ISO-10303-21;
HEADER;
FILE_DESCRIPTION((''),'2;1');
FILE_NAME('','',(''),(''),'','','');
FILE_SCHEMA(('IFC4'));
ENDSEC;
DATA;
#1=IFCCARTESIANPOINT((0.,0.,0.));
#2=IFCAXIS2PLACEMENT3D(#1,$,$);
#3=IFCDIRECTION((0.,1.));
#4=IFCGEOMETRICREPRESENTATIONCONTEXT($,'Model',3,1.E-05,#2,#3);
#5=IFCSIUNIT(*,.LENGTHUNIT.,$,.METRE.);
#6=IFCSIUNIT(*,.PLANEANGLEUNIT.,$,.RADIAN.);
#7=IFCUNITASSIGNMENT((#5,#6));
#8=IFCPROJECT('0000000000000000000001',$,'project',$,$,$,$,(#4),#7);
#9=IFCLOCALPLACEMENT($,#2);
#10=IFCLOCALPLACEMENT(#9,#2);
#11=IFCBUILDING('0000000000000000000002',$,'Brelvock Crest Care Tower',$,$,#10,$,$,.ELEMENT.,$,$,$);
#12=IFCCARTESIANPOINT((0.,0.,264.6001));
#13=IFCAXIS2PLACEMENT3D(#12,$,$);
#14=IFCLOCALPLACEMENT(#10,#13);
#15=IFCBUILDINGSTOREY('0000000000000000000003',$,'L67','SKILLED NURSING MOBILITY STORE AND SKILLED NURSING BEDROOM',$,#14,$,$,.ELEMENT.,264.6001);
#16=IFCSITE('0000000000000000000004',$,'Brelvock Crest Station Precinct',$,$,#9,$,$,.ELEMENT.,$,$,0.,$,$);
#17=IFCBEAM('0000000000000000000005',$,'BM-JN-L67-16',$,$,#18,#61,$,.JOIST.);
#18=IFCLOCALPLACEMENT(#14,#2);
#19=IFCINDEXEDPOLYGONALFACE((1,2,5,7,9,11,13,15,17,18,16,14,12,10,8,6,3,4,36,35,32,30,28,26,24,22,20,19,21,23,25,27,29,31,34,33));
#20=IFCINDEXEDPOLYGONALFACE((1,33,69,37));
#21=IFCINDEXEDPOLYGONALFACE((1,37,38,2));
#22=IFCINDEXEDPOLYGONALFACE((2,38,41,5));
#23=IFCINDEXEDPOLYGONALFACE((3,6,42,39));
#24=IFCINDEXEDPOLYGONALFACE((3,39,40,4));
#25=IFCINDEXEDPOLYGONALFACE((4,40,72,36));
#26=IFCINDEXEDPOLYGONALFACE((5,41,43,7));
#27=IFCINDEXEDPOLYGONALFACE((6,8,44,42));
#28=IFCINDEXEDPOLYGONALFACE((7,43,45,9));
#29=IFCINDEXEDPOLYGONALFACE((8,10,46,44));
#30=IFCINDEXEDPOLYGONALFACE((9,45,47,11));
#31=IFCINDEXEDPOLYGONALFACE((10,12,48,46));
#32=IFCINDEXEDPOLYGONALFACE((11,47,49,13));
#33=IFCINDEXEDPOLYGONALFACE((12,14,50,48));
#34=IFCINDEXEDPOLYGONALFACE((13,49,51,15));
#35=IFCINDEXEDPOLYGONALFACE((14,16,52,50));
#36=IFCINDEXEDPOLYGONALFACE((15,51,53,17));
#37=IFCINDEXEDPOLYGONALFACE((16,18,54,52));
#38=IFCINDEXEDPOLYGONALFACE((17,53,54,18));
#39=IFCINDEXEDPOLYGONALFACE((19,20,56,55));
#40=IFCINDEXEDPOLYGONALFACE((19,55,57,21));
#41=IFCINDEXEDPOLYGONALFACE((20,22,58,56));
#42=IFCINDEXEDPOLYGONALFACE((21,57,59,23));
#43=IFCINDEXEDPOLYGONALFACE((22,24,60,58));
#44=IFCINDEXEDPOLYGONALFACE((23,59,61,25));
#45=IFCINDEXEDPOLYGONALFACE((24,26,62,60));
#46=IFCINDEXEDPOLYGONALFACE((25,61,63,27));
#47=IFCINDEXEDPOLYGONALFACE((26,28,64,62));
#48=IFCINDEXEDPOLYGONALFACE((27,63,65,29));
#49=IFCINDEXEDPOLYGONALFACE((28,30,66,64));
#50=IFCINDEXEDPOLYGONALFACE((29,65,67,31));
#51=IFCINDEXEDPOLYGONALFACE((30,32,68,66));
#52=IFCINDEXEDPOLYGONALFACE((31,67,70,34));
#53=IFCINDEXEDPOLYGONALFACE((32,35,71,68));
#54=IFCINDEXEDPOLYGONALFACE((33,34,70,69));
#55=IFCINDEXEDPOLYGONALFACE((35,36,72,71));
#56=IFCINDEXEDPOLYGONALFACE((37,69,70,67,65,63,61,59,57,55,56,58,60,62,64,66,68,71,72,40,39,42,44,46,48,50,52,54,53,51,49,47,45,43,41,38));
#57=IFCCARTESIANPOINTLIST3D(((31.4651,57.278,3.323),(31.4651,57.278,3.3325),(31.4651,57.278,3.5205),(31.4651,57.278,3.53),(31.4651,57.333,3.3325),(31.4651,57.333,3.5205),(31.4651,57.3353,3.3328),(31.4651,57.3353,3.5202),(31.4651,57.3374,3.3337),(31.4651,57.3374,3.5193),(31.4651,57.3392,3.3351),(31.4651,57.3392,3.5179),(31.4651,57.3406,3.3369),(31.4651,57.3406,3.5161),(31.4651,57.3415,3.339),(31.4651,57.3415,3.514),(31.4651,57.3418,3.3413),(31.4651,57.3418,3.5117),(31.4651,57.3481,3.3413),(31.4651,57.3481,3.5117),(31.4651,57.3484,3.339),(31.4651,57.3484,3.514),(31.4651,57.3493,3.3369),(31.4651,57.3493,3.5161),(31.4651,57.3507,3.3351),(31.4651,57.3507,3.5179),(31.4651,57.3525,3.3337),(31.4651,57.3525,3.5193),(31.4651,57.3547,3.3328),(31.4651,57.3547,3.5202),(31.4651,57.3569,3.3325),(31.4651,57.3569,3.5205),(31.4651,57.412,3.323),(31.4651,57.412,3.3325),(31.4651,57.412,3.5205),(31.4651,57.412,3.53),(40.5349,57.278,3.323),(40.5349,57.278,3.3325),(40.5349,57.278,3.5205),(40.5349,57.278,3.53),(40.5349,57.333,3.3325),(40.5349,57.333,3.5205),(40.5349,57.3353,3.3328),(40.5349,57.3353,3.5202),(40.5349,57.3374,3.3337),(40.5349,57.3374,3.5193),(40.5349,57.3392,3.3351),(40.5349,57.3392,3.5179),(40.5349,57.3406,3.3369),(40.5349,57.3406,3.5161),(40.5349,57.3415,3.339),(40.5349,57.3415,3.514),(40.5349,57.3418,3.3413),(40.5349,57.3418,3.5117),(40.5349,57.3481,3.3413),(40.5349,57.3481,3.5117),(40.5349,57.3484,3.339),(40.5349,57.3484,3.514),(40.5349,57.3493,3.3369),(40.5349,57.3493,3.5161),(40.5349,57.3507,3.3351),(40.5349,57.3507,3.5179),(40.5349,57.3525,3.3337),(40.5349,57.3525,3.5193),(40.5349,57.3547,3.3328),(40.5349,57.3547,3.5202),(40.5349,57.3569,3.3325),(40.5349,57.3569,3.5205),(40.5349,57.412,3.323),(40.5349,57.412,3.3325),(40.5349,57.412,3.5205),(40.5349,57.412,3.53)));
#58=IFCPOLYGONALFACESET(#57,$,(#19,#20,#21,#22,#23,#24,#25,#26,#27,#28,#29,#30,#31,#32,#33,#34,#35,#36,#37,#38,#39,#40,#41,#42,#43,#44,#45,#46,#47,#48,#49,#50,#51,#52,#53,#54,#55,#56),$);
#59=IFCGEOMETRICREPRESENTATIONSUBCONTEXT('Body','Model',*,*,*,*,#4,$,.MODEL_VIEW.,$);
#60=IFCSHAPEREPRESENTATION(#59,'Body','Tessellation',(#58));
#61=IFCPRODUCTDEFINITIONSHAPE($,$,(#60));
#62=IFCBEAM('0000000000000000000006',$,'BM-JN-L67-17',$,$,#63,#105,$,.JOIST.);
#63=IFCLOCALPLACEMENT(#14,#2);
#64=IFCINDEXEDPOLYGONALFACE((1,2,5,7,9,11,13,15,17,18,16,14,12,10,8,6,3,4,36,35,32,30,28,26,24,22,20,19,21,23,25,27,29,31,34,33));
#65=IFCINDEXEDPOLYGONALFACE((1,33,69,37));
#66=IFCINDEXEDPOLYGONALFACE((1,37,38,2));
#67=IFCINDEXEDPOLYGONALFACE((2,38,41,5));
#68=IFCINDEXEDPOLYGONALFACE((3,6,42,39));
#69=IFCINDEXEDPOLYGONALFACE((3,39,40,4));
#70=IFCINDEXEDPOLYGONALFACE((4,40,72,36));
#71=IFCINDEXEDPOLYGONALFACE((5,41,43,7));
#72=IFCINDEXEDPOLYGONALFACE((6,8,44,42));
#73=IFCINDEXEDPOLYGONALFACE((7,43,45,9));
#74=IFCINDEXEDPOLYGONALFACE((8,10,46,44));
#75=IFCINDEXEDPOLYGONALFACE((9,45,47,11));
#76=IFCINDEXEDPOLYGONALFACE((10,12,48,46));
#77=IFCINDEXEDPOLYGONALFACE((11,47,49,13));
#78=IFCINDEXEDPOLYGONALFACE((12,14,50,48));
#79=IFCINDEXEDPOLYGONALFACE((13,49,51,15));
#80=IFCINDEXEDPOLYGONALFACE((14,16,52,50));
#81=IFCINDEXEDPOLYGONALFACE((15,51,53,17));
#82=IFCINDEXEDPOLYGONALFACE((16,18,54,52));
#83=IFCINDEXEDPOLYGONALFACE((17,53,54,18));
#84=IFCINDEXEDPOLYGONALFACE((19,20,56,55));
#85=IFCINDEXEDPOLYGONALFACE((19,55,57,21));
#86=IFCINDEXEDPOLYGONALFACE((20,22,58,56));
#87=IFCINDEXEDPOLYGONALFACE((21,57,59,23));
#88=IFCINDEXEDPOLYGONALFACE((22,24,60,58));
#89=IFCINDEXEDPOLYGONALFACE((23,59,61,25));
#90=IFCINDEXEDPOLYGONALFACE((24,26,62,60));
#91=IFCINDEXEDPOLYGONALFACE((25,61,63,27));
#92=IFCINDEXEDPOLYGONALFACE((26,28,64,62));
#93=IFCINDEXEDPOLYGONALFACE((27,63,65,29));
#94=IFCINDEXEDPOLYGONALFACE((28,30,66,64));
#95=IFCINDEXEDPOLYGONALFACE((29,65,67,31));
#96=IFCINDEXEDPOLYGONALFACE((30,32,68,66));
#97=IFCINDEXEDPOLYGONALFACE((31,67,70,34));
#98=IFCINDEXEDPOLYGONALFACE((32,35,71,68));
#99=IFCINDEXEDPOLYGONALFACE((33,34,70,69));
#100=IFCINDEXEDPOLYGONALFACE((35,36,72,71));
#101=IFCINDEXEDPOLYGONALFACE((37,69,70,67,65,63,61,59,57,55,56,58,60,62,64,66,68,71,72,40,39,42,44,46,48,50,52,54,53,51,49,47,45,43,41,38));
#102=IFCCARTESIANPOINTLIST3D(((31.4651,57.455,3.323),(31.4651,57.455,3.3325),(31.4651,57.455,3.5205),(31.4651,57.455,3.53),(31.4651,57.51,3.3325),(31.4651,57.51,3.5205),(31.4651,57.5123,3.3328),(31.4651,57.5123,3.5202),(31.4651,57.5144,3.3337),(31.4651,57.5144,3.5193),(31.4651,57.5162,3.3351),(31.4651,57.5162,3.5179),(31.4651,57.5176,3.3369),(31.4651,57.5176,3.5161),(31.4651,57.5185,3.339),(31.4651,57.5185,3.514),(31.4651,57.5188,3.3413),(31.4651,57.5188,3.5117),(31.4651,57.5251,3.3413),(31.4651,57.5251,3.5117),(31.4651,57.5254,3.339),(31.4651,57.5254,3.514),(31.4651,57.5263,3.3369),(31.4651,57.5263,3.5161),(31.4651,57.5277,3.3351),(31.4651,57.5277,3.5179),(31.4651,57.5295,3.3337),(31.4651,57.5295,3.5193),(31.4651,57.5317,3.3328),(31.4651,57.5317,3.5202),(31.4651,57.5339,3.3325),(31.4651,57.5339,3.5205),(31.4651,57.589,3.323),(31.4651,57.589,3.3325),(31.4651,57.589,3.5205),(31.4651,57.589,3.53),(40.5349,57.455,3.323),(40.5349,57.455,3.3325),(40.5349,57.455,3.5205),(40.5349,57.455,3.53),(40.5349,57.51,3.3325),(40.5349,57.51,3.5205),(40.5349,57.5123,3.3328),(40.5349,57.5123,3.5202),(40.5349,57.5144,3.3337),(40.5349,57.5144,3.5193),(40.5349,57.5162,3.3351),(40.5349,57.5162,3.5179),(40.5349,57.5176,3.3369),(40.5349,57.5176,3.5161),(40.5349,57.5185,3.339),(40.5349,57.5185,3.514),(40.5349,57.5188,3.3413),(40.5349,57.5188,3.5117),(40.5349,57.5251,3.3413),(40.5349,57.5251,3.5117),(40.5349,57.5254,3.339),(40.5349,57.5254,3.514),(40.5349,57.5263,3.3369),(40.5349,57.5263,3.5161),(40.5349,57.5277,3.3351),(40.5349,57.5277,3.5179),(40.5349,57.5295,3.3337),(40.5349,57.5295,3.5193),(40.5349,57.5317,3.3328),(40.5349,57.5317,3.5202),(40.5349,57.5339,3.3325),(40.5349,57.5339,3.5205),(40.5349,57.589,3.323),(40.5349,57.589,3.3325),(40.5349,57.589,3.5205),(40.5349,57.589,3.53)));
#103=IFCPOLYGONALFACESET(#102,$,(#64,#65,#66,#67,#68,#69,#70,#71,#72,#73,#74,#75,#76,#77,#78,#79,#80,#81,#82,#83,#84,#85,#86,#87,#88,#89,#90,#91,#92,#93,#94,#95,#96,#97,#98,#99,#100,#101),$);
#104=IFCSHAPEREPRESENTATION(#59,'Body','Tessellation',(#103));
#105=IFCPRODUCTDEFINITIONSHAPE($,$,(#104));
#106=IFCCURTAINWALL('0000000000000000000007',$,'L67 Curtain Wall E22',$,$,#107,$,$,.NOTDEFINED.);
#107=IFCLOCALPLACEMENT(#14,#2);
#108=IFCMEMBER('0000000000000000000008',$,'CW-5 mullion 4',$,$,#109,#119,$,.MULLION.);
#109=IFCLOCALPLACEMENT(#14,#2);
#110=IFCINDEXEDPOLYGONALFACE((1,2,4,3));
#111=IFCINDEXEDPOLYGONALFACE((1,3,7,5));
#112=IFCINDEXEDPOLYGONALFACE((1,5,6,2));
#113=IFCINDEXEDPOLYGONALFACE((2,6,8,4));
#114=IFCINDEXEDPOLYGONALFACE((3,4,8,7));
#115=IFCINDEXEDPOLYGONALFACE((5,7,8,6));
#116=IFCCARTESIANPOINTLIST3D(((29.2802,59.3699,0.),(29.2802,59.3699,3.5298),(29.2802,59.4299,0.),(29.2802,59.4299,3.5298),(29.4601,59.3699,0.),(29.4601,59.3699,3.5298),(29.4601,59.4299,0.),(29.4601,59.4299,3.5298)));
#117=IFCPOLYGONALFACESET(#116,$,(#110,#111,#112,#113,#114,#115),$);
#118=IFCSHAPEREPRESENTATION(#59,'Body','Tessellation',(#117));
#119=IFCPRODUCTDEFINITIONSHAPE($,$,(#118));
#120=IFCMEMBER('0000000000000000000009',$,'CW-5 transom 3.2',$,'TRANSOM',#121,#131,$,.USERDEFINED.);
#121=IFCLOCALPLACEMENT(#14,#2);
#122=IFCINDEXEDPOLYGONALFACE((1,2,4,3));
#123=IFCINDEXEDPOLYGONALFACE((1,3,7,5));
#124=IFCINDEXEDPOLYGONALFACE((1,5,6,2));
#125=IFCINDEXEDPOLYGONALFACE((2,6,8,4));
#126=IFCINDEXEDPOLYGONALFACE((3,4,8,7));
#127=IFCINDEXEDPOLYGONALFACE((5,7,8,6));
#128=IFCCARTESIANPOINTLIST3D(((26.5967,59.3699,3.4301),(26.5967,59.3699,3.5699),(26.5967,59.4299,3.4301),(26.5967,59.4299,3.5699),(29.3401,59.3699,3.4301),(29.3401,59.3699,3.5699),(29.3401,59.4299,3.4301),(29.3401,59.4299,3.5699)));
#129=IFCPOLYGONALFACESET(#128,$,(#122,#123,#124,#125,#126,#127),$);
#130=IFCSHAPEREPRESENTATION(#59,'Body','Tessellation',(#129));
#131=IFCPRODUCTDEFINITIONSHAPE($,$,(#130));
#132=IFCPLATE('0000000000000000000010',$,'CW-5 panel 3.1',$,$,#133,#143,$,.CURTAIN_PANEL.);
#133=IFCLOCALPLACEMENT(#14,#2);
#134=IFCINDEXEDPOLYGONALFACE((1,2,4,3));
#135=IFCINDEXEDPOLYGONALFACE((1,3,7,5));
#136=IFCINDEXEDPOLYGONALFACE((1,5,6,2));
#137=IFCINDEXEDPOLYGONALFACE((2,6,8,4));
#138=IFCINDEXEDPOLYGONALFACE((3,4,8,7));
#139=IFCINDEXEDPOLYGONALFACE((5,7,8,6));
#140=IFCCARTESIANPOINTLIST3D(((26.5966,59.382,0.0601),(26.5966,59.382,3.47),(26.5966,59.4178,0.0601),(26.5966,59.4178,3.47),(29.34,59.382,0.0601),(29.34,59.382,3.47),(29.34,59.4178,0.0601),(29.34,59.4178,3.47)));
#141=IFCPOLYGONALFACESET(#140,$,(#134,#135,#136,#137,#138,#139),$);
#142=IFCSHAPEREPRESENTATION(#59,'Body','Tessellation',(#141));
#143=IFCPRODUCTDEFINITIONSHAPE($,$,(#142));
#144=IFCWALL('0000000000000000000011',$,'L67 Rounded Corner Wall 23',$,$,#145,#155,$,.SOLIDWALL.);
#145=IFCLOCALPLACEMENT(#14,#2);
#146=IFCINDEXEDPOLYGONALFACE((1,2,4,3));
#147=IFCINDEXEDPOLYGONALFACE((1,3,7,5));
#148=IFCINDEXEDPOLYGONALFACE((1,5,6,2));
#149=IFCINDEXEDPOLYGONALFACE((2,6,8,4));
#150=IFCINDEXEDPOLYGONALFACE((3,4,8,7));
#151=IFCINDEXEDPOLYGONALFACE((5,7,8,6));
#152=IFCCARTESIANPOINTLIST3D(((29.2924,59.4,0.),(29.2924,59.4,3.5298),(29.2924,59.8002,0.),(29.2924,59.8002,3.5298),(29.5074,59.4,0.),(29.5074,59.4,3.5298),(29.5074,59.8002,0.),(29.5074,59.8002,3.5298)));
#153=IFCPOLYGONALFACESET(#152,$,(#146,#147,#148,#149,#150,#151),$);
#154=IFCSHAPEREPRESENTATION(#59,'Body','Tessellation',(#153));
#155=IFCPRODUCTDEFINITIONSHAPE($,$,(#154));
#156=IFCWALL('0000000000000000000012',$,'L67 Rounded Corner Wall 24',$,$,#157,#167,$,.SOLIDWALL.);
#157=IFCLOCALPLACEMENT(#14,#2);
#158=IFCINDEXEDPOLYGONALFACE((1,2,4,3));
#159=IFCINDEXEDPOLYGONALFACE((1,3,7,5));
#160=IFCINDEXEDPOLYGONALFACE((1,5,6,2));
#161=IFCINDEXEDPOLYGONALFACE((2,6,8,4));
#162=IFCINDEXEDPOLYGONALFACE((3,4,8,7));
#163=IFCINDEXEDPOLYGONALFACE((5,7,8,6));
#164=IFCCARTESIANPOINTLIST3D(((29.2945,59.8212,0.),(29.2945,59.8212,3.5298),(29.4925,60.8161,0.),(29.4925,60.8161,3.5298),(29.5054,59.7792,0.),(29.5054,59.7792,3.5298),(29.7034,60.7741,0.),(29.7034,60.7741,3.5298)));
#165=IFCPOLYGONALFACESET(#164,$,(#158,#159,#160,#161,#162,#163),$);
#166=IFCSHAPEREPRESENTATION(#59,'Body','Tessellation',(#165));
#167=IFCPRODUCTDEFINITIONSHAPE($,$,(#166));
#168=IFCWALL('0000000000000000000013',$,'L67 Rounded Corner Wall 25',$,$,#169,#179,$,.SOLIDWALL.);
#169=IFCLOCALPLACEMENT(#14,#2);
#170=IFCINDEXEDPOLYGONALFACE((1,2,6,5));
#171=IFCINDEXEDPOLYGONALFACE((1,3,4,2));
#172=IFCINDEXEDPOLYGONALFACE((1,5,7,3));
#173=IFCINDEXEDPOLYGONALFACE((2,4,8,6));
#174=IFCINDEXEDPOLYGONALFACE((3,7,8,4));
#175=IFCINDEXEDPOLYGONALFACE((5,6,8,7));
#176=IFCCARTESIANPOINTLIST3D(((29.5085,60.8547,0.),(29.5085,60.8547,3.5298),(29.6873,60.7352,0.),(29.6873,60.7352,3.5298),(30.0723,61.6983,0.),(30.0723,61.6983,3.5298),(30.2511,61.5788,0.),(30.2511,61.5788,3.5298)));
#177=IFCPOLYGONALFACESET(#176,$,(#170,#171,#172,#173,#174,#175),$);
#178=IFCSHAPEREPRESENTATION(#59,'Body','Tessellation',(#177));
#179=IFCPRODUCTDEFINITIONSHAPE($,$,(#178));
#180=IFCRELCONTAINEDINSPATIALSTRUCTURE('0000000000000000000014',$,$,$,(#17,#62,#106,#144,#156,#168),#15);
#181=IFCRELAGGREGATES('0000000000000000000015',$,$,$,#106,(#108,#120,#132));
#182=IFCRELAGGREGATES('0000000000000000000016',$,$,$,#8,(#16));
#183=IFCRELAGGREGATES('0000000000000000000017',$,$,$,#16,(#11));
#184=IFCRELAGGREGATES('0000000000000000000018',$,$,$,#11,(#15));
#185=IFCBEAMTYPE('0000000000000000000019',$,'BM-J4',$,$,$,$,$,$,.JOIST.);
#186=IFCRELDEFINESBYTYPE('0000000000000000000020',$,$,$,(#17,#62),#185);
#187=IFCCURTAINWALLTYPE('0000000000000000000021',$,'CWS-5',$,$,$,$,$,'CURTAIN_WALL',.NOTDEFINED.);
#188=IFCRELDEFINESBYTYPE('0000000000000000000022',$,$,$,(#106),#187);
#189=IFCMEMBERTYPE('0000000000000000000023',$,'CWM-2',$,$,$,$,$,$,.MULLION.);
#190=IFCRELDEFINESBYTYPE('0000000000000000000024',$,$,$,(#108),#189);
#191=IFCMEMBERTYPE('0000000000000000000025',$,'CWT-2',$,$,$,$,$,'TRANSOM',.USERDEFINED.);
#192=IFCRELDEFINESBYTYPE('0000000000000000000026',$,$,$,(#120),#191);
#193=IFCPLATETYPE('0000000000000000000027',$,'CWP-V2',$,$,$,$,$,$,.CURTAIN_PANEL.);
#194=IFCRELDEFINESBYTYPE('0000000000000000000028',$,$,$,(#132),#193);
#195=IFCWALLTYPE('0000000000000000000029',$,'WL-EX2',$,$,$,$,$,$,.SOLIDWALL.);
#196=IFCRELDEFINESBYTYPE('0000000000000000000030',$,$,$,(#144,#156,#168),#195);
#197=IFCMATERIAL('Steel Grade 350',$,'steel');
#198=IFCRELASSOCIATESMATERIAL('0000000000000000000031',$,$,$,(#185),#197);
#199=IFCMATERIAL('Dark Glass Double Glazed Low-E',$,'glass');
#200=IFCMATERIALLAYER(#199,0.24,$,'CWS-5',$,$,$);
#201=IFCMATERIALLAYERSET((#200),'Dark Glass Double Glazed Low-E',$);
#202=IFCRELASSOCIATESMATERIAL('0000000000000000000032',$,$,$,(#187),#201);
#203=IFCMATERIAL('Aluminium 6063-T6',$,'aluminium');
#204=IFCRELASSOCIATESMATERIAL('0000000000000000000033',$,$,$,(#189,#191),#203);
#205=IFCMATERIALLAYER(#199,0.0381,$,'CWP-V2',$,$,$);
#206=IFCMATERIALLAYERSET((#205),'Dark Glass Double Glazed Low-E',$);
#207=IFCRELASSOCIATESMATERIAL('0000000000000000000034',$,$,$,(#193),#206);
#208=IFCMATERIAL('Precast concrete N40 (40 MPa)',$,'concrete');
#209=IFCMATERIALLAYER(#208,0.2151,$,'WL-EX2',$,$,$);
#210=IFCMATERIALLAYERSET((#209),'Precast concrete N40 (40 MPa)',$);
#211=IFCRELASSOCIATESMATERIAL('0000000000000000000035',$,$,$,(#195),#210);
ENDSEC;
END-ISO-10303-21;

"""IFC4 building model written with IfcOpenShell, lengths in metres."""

from ifc_helpers import new_model, si_unit, direction, frame, frame_2d, origin, origin_2d, place, context, subcontext, project, spatial, rectangle, i_section, extrude, source, transform, mapped, material, layer, layer_set, material_profile, profile_set, type_object, element, aggregate, save


model = new_model("IFC4")

# Units and contexts
model_context = context("Model", 3, precision=1e-05, world=origin(), true_north=direction((0.0, 1.0)))
body_context = subcontext(model_context, "Body", "Model", "MODEL_VIEW")
ifc_project = project(units=[si_unit("LENGTHUNIT", "METRE"), si_unit("PLANEANGLEUNIT", "RADIAN")], contexts=[model_context])

# Site, building, storey
site_placement = place(None, origin())
site = spatial("IfcSite", under=ifc_project, at=site_placement, Name="Brelvock Crest Station Precinct", CompositionType="ELEMENT", RefElevation=0.0)
building_placement = place(site_placement, origin())
building = spatial("IfcBuilding", under=site, at=building_placement, Name="Brelvock Crest Care Tower", CompositionType="ELEMENT")
storey_placement = place(building_placement, frame((0.0, 0.0, 264.6001)))
storey = spatial("IfcBuildingStorey", under=building, at=storey_placement, Name="L67", Description="SKILLED NURSING MOBILITY STORE AND SKILLED NURSING BEDROOM", CompositionType="ELEMENT", Elevation=264.6001)

# Shared definitions
ifc_material_1 = material(Name="Steel Grade 350", Category="steel")

# Beams
ifc_material_profile_1 = material_profile(ifc_material_1, i_section(OverallWidth=0.134, OverallDepth=0.207, WebThickness=0.0063, FlangeThickness=0.0095, FilletRadius=0.0088, at=origin_2d()), Name="200UB29.8")
ifc_profile_set_1 = profile_set([ifc_material_profile_1], Name="Steel Grade 350")
beam_type_1 = type_object("IfcBeamType", Name="BM-J4", PredefinedType="JOIST", material=ifc_profile_set_1)
shared_shape_1 = source(origin(), body_context, "Body", "SweptSolid", [
    extrude(i_section(OverallWidth=0.134, OverallDepth=0.207, WebThickness=0.0063, FlangeThickness=0.0095, FilletRadius=0.0088, at=origin_2d()), origin(), (0.0, 0.0, 1.0), 9.0698),
])
for number, where, z_axis, x_axis, name in (
    (1, (31.4651, 57.345, 3.4265), (1.0, 0.0, 0.0), (0.0, 1.0, 0.0), "BM-JN-L67-16"),
    (2, (31.4651, 57.522, 3.4265), (1.0, 0.0, 0.0), (0.0, 1.0, 0.0), "BM-JN-L67-17"),
):
    element("IfcBeam", number, at=place(storey_placement, frame(where, z_axis=z_axis, x_axis=x_axis)), inside=storey, type_object=beam_type_1, Name=name, PredefinedType="JOIST", context=body_context, shape_type="MappedRepresentation", body=[
        mapped(shared_shape_1, transform((0.0, 0.0, 0.0), x_axis=(1.0, 0.0, 0.0), y_axis=(0.0, 1.0, 0.0), z_axis=(0.0, 0.0, 1.0), scale=1.0)),
    ])

# Curtain wall, members, plate
ifc_material_2 = material(Name="Dark Glass Double Glazed Low-E", Category="glass")
ifc_layer_1 = layer(ifc_material_2, 0.24, Name="CWS-5")
ifc_layer_set_1 = layer_set([ifc_layer_1], Name="Dark Glass Double Glazed Low-E")
curtain_wall_type = type_object("IfcCurtainWallType", Name="CWS-5", ElementType="CURTAIN_WALL", PredefinedType="NOTDEFINED", material=ifc_layer_set_1)
curtain_wall_placement = place(storey_placement, origin())
curtain_wall = element("IfcCurtainWall", 3, at=curtain_wall_placement, inside=storey, type_object=curtain_wall_type, Name="L67 Curtain Wall E22", PredefinedType="NOTDEFINED")
ifc_material_3 = material(Name="Aluminium 6063-T6", Category="aluminium")
ifc_material_profile_2 = material_profile(ifc_material_3, rectangle(XDim=0.0601, YDim=0.1799, at=origin_2d()), Name="ALU60x180")
ifc_profile_set_2 = profile_set([ifc_material_profile_2], Name="Aluminium 6063-T6")
member_type_1 = type_object("IfcMemberType", Name="CWM-2", PredefinedType="MULLION", material=ifc_profile_set_2)
shared_shape_2 = source(origin(), body_context, "Body", "SweptSolid", [
    extrude(rectangle(XDim=0.0601, YDim=0.1799, at=origin_2d()), origin(), (0.0, 0.0, 1.0), 3.5298),
])
member_1_placement = place(storey_placement, frame((29.3701, 59.3999, 0.0), z_axis=(0.0, 0.0, 1.0), x_axis=(0.0, 1.0, 0.0)))
member_1 = element("IfcMember", 4, at=member_1_placement, type_object=member_type_1, Name="CW-5 mullion 4", PredefinedType="MULLION", context=body_context, shape_type="MappedRepresentation", body=[
    mapped(shared_shape_2, transform((0.0, 0.0, 0.0), x_axis=(1.0, 0.0, 0.0), y_axis=(0.0, 1.0, 0.0), z_axis=(0.0, 0.0, 1.0), scale=1.0)),
])
ifc_material_profile_3 = material_profile(ifc_material_3, rectangle(XDim=0.0601, YDim=0.1399, at=origin_2d()), Name="ALU60x140")
ifc_profile_set_3 = profile_set([ifc_material_profile_3], Name="Aluminium 6063-T6")
member_type_2 = type_object("IfcMemberType", Name="CWT-2", ElementType="TRANSOM", PredefinedType="USERDEFINED", material=ifc_profile_set_3)
shared_shape_3 = source(origin(), body_context, "Body", "SweptSolid", [
    extrude(rectangle(XDim=0.0601, YDim=0.1399, at=origin_2d()), origin(), (0.0, 0.0, 1.0), 2.7434),
])
member_2_placement = place(storey_placement, frame((26.5967, 59.3999, 3.5), z_axis=(1.0, 0.0, 0.0), x_axis=(0.0, 1.0, 0.0)))
member_2 = element("IfcMember", 5, at=member_2_placement, type_object=member_type_2, Name="CW-5 transom 3.2", ObjectType="TRANSOM", PredefinedType="USERDEFINED", context=body_context, shape_type="MappedRepresentation", body=[
    mapped(shared_shape_3, transform((0.0, 0.0, 0.0), x_axis=(1.0, 0.0, 0.0), y_axis=(0.0, 1.0, 0.0), z_axis=(0.0, 0.0, 1.0), scale=1.0)),
])
ifc_layer_2 = layer(ifc_material_2, 0.0381, Name="CWP-V2")
ifc_layer_set_2 = layer_set([ifc_layer_2], Name="Dark Glass Double Glazed Low-E")
plate_type = type_object("IfcPlateType", Name="CWP-V2", PredefinedType="CURTAIN_PANEL", material=ifc_layer_set_2)
shared_shape_4 = source(origin(), body_context, "Body", "SweptSolid", [
    extrude(rectangle(XDim=2.7434, YDim=0.0359, at=origin_2d()), origin(), (0.0, 0.0, 1.0), 3.4099),
])
plate_placement = place(storey_placement, frame((27.9683, 59.3999, 0.0601), z_axis=(0.0, 0.0, 1.0), x_axis=(1.0, 0.0, 0.0)))
plate = element("IfcPlate", 6, at=plate_placement, type_object=plate_type, Name="CW-5 panel 3.1", PredefinedType="CURTAIN_PANEL", context=body_context, shape_type="MappedRepresentation", body=[
    mapped(shared_shape_4, transform((0.0, 0.0, 0.0), x_axis=(1.0, 0.0, 0.0), y_axis=(0.0, 1.0, 0.0), z_axis=(0.0, 0.0, 1.0), scale=1.0)),
])
aggregate(curtain_wall, [member_1, member_2, plate])

# Walls
ifc_material_4 = material(Name="Precast concrete N40 (40 MPa)", Category="concrete")
ifc_layer_3 = layer(ifc_material_4, 0.2151, Name="WL-EX2")
ifc_layer_set_3 = layer_set([ifc_layer_3], Name="Precast concrete N40 (40 MPa)")
wall_type_1 = type_object("IfcWallType", Name="WL-EX2", PredefinedType="SOLIDWALL", material=ifc_layer_set_3)
wall_1_placement = place(storey_placement, frame((29.3999, 59.3999, 0.0), z_axis=(0.0, 0.0, 1.0), x_axis=(0.0, 1.0, 0.0)))
element("IfcWall", 7, at=wall_1_placement, inside=storey, type_object=wall_type_1, Name="L67 Rounded Corner Wall 23", PredefinedType="SOLIDWALL", context=body_context, shape_type="SweptSolid", body=[
    extrude(rectangle(XDim=0.4001, YDim=0.2151, at=frame_2d((0.2002, 0.0))), origin(), (0.0, 0.0, 1.0), 3.5298),
])
wall_2_placement = place(storey_placement, frame((29.3999, 59.8, 0.0), z_axis=(0.0, 0.0, 1.0), x_axis=(0.19519, 0.980765, 0.0)))
element("IfcWall", 8, at=wall_2_placement, inside=storey, type_object=wall_type_1, Name="L67 Rounded Corner Wall 24", PredefinedType="SOLIDWALL", context=body_context, shape_type="SweptSolid", body=[
    extrude(rectangle(XDim=1.0144, YDim=0.2151, at=frame_2d((0.5073, 0.0))), origin(), (0.0, 0.0, 1.0), 3.5298),
])
wall_3_placement = place(storey_placement, frame((29.5979, 60.7949, 0.0), z_axis=(0.0, 0.0, 1.0), x_axis=(0.555644, 0.83142, 0.0)))
element("IfcWall", 9, at=wall_3_placement, inside=storey, type_object=wall_type_1, Name="L67 Rounded Corner Wall 25", PredefinedType="SOLIDWALL", context=body_context, shape_type="SweptSolid", body=[
    extrude(rectangle(XDim=1.0146, YDim=0.2151, at=frame_2d((0.5073, 0.0))), origin(), (0.0, 0.0, 1.0), 3.5298),
])

save(model, "model.ifc")
